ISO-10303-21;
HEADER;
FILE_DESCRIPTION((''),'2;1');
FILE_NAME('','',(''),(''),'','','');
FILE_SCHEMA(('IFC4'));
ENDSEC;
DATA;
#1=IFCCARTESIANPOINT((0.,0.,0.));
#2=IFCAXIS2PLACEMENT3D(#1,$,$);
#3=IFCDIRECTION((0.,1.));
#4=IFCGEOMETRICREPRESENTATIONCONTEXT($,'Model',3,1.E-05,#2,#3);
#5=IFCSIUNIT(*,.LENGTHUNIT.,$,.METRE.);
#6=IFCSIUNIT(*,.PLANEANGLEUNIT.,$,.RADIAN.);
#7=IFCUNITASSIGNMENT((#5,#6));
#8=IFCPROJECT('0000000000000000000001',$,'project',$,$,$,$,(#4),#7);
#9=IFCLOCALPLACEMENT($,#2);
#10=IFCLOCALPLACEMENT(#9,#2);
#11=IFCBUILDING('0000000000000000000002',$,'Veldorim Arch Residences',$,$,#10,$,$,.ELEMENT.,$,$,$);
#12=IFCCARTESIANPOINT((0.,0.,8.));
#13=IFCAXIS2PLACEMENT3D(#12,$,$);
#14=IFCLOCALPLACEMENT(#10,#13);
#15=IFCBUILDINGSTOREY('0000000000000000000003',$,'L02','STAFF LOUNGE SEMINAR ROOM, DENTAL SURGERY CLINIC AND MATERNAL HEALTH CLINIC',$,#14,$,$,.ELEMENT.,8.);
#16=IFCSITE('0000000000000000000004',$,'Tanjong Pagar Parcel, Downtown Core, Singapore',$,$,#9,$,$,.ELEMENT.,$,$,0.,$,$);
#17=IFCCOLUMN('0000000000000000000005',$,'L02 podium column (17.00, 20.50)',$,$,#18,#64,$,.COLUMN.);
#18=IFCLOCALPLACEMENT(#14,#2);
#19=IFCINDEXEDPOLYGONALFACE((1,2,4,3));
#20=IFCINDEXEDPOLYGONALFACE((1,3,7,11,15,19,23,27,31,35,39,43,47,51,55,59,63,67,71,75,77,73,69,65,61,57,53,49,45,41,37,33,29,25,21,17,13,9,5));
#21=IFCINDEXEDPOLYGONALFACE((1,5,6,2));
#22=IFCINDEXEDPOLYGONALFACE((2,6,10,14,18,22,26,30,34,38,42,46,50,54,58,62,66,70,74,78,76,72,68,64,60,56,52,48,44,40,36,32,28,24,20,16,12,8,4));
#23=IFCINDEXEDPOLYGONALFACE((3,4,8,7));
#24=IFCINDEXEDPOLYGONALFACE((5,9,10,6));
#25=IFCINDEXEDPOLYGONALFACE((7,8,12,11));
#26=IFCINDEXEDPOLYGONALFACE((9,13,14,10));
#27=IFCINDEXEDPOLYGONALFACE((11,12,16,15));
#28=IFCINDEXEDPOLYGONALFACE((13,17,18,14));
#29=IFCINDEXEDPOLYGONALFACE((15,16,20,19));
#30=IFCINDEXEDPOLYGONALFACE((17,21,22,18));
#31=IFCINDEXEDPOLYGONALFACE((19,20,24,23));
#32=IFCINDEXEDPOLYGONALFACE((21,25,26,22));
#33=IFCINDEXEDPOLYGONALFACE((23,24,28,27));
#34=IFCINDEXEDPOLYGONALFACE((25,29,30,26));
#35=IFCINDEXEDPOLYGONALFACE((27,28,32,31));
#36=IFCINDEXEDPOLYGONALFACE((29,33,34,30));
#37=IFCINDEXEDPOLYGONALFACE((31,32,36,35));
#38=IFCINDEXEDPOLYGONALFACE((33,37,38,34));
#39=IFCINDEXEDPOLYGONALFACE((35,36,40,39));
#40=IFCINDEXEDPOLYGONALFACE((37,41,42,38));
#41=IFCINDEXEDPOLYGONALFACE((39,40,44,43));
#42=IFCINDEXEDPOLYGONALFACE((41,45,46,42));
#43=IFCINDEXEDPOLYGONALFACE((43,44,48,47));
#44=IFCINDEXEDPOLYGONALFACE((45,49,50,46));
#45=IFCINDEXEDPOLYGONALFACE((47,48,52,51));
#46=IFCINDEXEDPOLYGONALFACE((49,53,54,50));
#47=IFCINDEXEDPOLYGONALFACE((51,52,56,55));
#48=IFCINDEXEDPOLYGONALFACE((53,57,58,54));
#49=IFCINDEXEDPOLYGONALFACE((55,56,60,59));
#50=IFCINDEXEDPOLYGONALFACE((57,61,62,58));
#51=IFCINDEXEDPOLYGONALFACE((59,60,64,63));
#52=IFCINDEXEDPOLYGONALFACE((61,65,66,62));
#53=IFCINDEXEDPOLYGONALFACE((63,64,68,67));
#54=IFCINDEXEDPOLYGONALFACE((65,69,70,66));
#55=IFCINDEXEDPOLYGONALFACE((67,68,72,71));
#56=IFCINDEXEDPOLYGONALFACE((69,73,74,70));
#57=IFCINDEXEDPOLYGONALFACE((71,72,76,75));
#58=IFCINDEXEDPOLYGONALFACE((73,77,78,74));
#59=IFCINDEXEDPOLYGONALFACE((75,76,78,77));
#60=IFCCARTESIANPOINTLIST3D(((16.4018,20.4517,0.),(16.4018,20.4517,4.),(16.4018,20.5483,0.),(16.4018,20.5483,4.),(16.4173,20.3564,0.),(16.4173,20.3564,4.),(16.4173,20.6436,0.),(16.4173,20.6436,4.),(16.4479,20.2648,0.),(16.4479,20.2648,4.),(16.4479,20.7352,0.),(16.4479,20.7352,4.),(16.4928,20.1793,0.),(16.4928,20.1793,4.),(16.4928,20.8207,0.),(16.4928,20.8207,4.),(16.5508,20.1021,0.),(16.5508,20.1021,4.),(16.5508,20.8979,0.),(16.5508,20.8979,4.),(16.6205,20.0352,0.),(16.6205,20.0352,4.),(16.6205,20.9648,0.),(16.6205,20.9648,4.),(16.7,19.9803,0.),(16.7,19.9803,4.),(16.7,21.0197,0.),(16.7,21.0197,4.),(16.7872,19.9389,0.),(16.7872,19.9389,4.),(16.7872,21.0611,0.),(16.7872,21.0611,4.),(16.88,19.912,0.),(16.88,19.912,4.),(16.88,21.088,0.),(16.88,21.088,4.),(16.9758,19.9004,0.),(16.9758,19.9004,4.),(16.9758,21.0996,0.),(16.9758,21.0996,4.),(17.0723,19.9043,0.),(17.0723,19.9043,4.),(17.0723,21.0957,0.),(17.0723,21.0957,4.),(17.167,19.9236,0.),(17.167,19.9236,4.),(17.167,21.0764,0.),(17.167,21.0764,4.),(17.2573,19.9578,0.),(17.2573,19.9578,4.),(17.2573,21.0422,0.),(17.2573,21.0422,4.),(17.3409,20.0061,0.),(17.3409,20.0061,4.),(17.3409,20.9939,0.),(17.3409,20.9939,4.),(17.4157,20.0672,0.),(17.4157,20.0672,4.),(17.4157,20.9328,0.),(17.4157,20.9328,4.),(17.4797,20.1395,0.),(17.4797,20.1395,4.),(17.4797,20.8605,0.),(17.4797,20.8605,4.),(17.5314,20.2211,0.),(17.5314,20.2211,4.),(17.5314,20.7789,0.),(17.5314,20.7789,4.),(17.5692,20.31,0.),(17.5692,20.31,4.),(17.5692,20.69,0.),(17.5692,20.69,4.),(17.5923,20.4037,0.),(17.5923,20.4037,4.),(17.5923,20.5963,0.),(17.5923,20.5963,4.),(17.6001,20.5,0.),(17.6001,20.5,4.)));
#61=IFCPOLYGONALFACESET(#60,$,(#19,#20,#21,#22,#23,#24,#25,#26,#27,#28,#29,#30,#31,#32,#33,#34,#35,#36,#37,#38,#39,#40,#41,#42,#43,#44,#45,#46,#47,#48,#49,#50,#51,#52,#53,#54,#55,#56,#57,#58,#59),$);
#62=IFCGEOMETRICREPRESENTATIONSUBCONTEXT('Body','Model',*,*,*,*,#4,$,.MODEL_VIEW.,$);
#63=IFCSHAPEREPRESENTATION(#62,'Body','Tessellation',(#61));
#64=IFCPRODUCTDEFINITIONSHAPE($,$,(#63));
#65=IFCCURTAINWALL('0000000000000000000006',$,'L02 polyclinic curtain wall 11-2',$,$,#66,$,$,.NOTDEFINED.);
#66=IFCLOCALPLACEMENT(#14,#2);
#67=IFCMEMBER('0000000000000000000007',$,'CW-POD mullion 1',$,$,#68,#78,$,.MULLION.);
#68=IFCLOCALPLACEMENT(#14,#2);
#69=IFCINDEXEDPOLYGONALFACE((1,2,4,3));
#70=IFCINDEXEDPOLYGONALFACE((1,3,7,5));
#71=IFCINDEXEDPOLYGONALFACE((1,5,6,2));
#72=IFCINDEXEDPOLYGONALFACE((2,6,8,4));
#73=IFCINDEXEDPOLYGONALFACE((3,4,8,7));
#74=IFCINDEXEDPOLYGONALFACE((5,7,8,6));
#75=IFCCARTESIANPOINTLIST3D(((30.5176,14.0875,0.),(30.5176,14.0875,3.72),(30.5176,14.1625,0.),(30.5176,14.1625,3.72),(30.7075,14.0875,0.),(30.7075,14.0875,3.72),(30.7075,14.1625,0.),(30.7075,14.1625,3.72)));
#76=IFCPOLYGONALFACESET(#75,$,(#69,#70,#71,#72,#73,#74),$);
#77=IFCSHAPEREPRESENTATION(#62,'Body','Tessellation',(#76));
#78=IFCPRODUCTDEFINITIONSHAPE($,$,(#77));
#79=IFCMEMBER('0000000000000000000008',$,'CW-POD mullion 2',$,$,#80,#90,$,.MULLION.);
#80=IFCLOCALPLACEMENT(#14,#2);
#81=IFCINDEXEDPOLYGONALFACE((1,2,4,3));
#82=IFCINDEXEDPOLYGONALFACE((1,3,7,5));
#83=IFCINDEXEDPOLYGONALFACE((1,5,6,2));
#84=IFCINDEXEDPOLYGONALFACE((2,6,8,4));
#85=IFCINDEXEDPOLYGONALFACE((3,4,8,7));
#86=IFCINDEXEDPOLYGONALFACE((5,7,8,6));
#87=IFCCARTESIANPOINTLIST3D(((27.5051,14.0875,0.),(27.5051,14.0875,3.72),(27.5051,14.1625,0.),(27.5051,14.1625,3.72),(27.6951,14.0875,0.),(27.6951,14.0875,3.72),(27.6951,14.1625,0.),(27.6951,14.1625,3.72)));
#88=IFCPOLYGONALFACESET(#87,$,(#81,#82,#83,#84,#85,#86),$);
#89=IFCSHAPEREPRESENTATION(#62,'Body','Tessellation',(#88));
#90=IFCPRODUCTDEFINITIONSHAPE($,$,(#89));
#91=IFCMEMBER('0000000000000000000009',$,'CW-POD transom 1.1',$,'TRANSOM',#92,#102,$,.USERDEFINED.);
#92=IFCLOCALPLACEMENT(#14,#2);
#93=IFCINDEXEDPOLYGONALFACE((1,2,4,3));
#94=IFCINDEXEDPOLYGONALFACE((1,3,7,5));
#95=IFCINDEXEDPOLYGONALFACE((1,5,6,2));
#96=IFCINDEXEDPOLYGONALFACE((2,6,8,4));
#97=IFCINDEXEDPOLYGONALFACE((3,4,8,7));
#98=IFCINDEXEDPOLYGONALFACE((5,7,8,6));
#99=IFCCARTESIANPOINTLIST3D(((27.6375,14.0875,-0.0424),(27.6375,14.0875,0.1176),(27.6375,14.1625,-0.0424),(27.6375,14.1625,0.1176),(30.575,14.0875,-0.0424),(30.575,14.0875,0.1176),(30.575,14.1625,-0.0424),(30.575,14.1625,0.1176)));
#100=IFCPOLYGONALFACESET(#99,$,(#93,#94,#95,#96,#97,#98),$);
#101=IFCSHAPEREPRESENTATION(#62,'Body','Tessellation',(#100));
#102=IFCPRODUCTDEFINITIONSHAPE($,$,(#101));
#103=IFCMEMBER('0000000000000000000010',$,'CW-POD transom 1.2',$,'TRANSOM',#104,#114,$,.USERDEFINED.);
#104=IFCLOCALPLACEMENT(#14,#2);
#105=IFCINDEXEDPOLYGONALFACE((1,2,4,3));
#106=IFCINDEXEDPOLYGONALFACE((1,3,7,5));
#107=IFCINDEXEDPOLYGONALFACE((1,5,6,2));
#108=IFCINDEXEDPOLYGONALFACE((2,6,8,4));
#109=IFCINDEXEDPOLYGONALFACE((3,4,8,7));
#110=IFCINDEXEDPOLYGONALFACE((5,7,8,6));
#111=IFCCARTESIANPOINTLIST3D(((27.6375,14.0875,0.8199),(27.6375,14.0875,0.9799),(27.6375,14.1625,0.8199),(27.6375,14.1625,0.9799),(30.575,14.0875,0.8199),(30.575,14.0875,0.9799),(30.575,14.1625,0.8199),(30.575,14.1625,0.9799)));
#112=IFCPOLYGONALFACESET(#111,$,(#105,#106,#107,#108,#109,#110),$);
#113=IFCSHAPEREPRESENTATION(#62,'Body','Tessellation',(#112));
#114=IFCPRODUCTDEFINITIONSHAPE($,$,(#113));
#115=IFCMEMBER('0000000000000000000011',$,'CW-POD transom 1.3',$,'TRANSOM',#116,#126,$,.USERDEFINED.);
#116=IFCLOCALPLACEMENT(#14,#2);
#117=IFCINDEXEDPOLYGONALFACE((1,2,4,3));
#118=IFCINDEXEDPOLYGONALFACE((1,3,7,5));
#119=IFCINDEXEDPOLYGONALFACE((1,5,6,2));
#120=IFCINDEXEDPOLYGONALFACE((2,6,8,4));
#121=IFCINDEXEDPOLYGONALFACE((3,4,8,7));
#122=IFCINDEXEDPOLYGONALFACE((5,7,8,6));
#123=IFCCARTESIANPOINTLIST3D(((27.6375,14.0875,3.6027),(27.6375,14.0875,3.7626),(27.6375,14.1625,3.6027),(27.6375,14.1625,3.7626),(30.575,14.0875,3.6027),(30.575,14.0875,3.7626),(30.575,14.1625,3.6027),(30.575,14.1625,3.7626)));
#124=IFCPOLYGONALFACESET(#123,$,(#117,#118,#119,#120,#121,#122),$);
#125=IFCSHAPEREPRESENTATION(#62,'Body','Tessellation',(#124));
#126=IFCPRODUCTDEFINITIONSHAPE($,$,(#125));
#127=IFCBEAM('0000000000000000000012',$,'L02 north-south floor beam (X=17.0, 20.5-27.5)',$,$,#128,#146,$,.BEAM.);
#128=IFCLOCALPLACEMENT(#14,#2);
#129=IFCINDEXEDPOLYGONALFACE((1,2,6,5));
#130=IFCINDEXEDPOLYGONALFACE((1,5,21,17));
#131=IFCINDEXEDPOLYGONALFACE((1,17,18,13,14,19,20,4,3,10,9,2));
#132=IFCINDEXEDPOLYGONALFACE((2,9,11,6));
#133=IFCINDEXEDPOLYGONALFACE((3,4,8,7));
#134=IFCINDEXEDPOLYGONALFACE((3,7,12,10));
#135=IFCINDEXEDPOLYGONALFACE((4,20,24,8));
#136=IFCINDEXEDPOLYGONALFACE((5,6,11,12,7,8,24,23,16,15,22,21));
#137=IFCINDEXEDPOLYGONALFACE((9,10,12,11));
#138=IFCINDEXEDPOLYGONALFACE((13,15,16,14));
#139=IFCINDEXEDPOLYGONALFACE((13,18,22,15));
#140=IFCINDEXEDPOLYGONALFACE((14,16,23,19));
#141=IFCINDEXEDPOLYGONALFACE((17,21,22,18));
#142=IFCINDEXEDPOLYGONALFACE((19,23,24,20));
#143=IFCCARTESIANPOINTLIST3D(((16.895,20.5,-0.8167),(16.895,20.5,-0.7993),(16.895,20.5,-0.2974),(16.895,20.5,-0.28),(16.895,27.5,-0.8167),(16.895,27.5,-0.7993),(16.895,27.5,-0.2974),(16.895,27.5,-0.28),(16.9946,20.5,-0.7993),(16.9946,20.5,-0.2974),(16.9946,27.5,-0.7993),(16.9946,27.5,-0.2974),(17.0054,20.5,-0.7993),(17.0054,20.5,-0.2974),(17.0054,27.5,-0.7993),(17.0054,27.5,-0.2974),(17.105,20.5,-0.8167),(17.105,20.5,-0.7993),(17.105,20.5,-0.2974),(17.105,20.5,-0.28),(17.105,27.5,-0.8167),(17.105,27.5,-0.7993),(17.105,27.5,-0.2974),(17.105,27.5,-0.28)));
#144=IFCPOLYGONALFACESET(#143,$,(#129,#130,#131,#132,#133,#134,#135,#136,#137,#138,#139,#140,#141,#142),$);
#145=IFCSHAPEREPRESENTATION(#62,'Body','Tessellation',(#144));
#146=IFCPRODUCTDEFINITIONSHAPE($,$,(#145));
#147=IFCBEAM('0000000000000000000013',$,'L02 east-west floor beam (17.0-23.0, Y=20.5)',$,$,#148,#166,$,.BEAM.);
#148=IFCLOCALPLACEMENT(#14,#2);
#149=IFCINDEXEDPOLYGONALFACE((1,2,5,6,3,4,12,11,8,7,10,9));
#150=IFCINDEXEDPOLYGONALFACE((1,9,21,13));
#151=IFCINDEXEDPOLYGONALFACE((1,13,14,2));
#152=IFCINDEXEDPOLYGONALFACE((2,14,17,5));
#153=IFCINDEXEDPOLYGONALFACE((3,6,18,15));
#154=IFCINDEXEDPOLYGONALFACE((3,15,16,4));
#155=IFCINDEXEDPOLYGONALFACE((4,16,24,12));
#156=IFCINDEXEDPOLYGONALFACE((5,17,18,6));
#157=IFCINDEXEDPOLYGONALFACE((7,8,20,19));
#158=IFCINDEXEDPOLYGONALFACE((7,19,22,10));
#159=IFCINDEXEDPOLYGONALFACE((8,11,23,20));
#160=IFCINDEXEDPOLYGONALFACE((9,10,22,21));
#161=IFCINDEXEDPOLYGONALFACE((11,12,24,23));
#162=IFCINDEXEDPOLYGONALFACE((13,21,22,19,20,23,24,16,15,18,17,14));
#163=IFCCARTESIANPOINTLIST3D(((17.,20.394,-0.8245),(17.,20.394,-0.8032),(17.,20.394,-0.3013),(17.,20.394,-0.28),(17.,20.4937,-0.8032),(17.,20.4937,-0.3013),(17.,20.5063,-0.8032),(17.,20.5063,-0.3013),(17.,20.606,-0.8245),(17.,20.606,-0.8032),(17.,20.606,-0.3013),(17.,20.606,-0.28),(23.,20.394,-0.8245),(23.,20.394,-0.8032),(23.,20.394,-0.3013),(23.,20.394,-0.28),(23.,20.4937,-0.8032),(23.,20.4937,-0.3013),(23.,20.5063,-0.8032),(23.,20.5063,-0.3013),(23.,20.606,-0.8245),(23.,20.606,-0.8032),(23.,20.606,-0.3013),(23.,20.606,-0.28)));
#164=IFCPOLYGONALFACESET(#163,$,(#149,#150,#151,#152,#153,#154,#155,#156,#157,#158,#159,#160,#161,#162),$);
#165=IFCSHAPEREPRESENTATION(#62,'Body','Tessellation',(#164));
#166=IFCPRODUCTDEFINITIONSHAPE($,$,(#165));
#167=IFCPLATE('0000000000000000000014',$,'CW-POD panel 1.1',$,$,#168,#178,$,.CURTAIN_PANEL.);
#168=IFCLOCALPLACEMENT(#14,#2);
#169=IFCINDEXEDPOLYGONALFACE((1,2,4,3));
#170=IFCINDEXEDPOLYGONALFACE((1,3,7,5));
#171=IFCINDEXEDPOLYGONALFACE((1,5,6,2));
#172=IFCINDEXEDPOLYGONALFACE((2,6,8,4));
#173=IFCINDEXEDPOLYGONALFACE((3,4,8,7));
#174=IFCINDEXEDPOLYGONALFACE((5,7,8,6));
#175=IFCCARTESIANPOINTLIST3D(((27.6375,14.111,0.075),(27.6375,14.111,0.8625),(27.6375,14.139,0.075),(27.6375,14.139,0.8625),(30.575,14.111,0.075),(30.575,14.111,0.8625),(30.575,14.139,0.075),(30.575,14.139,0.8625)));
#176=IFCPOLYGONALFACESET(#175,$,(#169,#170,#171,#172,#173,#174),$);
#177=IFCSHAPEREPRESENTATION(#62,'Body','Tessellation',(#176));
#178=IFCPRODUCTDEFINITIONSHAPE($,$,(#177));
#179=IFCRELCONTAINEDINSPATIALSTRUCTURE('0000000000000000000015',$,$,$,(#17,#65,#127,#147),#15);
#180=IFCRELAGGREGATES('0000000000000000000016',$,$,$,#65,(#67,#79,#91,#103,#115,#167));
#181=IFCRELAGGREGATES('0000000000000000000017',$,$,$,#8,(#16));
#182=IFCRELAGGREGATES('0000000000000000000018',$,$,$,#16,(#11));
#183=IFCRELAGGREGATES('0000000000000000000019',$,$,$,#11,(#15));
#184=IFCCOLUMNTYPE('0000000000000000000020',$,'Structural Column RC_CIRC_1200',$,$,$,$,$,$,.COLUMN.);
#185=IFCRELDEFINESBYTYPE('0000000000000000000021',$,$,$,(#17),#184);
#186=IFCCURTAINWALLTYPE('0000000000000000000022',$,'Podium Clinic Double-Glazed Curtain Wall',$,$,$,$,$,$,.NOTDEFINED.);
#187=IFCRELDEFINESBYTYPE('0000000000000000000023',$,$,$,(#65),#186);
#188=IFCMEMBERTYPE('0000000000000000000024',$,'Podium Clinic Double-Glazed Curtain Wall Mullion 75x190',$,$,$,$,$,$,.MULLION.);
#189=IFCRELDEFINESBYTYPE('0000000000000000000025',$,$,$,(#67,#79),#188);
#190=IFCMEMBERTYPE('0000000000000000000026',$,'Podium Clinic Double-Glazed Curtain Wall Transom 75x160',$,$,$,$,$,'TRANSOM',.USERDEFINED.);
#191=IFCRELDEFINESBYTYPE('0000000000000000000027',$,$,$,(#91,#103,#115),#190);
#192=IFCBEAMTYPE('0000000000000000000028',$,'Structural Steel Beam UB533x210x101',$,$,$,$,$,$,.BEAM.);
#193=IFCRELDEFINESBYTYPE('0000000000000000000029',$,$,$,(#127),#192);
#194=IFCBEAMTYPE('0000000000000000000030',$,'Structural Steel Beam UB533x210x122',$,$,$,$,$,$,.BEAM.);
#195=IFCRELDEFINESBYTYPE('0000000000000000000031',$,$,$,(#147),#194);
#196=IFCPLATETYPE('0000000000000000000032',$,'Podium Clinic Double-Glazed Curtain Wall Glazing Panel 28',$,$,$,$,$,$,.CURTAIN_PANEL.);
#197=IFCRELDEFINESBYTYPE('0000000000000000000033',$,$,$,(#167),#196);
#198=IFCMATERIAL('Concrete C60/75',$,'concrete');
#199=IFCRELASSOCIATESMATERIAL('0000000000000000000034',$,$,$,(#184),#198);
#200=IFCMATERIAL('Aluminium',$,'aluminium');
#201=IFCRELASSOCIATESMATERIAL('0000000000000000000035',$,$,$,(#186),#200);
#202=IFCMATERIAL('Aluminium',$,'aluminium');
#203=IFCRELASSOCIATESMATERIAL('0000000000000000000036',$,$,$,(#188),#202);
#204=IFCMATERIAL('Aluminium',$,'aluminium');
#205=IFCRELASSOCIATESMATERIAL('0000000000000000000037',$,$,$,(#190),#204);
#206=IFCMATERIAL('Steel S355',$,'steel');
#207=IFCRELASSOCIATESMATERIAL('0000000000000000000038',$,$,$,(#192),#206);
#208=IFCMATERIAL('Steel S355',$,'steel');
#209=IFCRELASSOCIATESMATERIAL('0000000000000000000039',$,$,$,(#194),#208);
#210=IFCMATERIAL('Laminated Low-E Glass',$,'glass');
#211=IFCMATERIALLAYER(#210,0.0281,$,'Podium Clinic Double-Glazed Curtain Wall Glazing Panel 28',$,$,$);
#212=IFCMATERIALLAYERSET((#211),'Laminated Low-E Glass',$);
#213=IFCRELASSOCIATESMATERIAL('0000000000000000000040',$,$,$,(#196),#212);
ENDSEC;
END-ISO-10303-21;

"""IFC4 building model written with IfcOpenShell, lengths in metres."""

from ifc_helpers import new_model, si_unit, direction, frame, origin, origin_2d, place, context, subcontext, project, spatial, rectangle, circle, i_section, extrude, material, layer, layer_set, material_profile, profile_set, type_object, element, aggregate, save


model = new_model("IFC4")

# Units and contexts
model_context = context("Model", 3, precision=1e-05, world=origin(), true_north=direction((0.0, 1.0)))
body_context = subcontext(model_context, "Body", "Model", "MODEL_VIEW")
ifc_project = project(units=[si_unit("LENGTHUNIT", "METRE"), si_unit("PLANEANGLEUNIT", "RADIAN")], contexts=[model_context])

# Site, building, storey
site_placement = place(None, origin())
site = spatial("IfcSite", under=ifc_project, at=site_placement, Name="Tanjong Pagar Parcel, Downtown Core, Singapore", CompositionType="ELEMENT", RefElevation=0.0)
building_placement = place(site_placement, origin())
building = spatial("IfcBuilding", under=site, at=building_placement, Name="Veldorim Arch Residences", CompositionType="ELEMENT")
storey_placement = place(building_placement, frame((0.0, 0.0, 8.0)))
storey = spatial("IfcBuildingStorey", under=building, at=storey_placement, Name="L02", Description="STAFF LOUNGE SEMINAR ROOM, DENTAL SURGERY CLINIC AND MATERNAL HEALTH CLINIC", CompositionType="ELEMENT", Elevation=8.0)

# Column
ifc_material_1 = material(Name="Concrete C60/75", Category="concrete")
ifc_material_profile_1 = material_profile(ifc_material_1, circle(Radius=0.6001, at=origin_2d()), Name="RC_CIRC_1200")
ifc_profile_set_1 = profile_set([ifc_material_profile_1], Name="Concrete C60/75")
column_type = type_object("IfcColumnType", Name="Structural Column RC_CIRC_1200", PredefinedType="COLUMN", material=ifc_profile_set_1)
column_placement = place(storey_placement, frame((17.0, 20.5, 0.0), z_axis=(0.0, 0.0, 1.0), x_axis=(1.0, 0.0, 0.0)))
element("IfcColumn", 1, at=column_placement, inside=storey, type_object=column_type, Name="L02 podium column (17.00, 20.50)", PredefinedType="COLUMN", context=body_context, shape_type="SweptSolid", body=[
    extrude(circle(Radius=0.6001, at=origin_2d()), origin(), (0.0, 0.0, 1.0), 4.0),
])

# Curtain wall, members
ifc_material_2 = material(Name="Aluminium", Category="aluminium")
curtain_wall_type = type_object("IfcCurtainWallType", Name="Podium Clinic Double-Glazed Curtain Wall", PredefinedType="NOTDEFINED", material=ifc_material_2)
curtain_wall_placement = place(storey_placement, origin())
curtain_wall = element("IfcCurtainWall", 2, at=curtain_wall_placement, inside=storey, type_object=curtain_wall_type, Name="L02 polyclinic curtain wall 11-2", PredefinedType="NOTDEFINED")
ifc_material_3 = material(Name="Aluminium", Category="aluminium")
ifc_material_profile_2 = material_profile(ifc_material_3, rectangle(XDim=0.075, YDim=0.1899, at=origin_2d()), Name="ALU_MUL_75x190")
ifc_profile_set_2 = profile_set([ifc_material_profile_2], Name="Aluminium")
member_type_1 = type_object("IfcMemberType", Name="Podium Clinic Double-Glazed Curtain Wall Mullion 75x190", PredefinedType="MULLION", material=ifc_profile_set_2)
member_1_placement = place(storey_placement, frame((30.6125, 14.125, 0.0), z_axis=(0.0, 0.0, 1.0), x_axis=(0.0, -1.0, 0.0)))
member_1 = element("IfcMember", 3, at=member_1_placement, type_object=member_type_1, Name="CW-POD mullion 1", PredefinedType="MULLION", context=body_context, shape_type="SweptSolid", body=[
    extrude(rectangle(XDim=0.075, YDim=0.1899, at=origin_2d()), origin(), (0.0, 0.0, 1.0), 3.72),
])
member_2_placement = place(storey_placement, frame((27.6001, 14.125, 0.0), z_axis=(0.0, 0.0, 1.0), x_axis=(0.0, -1.0, 0.0)))
member_2 = element("IfcMember", 4, at=member_2_placement, type_object=member_type_1, Name="CW-POD mullion 2", PredefinedType="MULLION", context=body_context, shape_type="SweptSolid", body=[
    extrude(rectangle(XDim=0.075, YDim=0.1899, at=origin_2d()), origin(), (0.0, 0.0, 1.0), 3.72),
])
ifc_material_4 = material(Name="Aluminium", Category="aluminium")
ifc_material_profile_3 = material_profile(ifc_material_4, rectangle(XDim=0.075, YDim=0.1599, at=origin_2d()), Name="ALU_TRN_75x160")
ifc_profile_set_3 = profile_set([ifc_material_profile_3], Name="Aluminium")
member_type_2 = type_object("IfcMemberType", Name="Podium Clinic Double-Glazed Curtain Wall Transom 75x160", ElementType="TRANSOM", PredefinedType="USERDEFINED", material=ifc_profile_set_3)
member_3_placement = place(storey_placement, frame((30.575, 14.125, 0.0376), z_axis=(-1.0, 0.0, 0.0), x_axis=(0.0, -1.0, 0.0)))
member_3 = element("IfcMember", 5, at=member_3_placement, type_object=member_type_2, Name="CW-POD transom 1.1", ObjectType="TRANSOM", PredefinedType="USERDEFINED", context=body_context, shape_type="SweptSolid", body=[
    extrude(rectangle(XDim=0.075, YDim=0.1599, at=origin_2d()), origin(), (0.0, 0.0, 1.0), 2.9375),
])
member_4_placement = place(storey_placement, frame((30.575, 14.125, 0.8999), z_axis=(-1.0, 0.0, 0.0), x_axis=(0.0, -1.0, 0.0)))
member_4 = element("IfcMember", 6, at=member_4_placement, type_object=member_type_2, Name="CW-POD transom 1.2", ObjectType="TRANSOM", PredefinedType="USERDEFINED", context=body_context, shape_type="SweptSolid", body=[
    extrude(rectangle(XDim=0.075, YDim=0.1599, at=origin_2d()), origin(), (0.0, 0.0, 1.0), 2.9375),
])
member_5_placement = place(storey_placement, frame((30.575, 14.125, 3.6826), z_axis=(-1.0, 0.0, 0.0), x_axis=(0.0, -1.0, 0.0)))
member_5 = element("IfcMember", 7, at=member_5_placement, type_object=member_type_2, Name="CW-POD transom 1.3", ObjectType="TRANSOM", PredefinedType="USERDEFINED", context=body_context, shape_type="SweptSolid", body=[
    extrude(rectangle(XDim=0.075, YDim=0.1599, at=origin_2d()), origin(), (0.0, 0.0, 1.0), 2.9375),
])

# Beams
ifc_material_5 = material(Name="Steel S355", Category="steel")
ifc_material_profile_4 = material_profile(ifc_material_5, i_section(OverallWidth=0.21, OverallDepth=0.5366, WebThickness=0.0107, FlangeThickness=0.0173, at=origin_2d()), Name="UB533x210x101")
ifc_profile_set_4 = profile_set([ifc_material_profile_4], Name="Steel S355")
beam_type_1 = type_object("IfcBeamType", Name="Structural Steel Beam UB533x210x101", PredefinedType="BEAM", material=ifc_profile_set_4)
beam_1_placement = place(storey_placement, frame((17.0, 20.5, -0.5483), z_axis=(0.0, 1.0, 0.0), x_axis=(-1.0, 0.0, 0.0)))
element("IfcBeam", 8, at=beam_1_placement, inside=storey, type_object=beam_type_1, Name="L02 north-south floor beam (X=17.0, 20.5-27.5)", PredefinedType="BEAM", context=body_context, shape_type="SweptSolid", body=[
    extrude(i_section(OverallWidth=0.21, OverallDepth=0.5366, WebThickness=0.0107, FlangeThickness=0.0173, at=origin_2d()), origin(), (0.0, 0.0, 1.0), 7.0),
])
ifc_material_6 = material(Name="Steel S355", Category="steel")
ifc_material_profile_5 = material_profile(ifc_material_6, i_section(OverallWidth=0.2119, OverallDepth=0.5444, WebThickness=0.0127, FlangeThickness=0.0212, at=origin_2d()), Name="UB533x210x122")
ifc_profile_set_5 = profile_set([ifc_material_profile_5], Name="Steel S355")
beam_type_2 = type_object("IfcBeamType", Name="Structural Steel Beam UB533x210x122", PredefinedType="BEAM", material=ifc_profile_set_5)
beam_2_placement = place(storey_placement, frame((17.0, 20.5, -0.5522), z_axis=(1.0, 0.0, 0.0), x_axis=(0.0, 1.0, 0.0)))
element("IfcBeam", 9, at=beam_2_placement, inside=storey, type_object=beam_type_2, Name="L02 east-west floor beam (17.0-23.0, Y=20.5)", PredefinedType="BEAM", context=body_context, shape_type="SweptSolid", body=[
    extrude(i_section(OverallWidth=0.2119, OverallDepth=0.5444, WebThickness=0.0127, FlangeThickness=0.0212, at=origin_2d()), origin(), (0.0, 0.0, 1.0), 6.0),
])

# Plate
ifc_material_7 = material(Name="Laminated Low-E Glass", Category="glass")
ifc_layer_1 = layer(ifc_material_7, 0.0281, Name="Podium Clinic Double-Glazed Curtain Wall Glazing Panel 28")
ifc_layer_set_1 = layer_set([ifc_layer_1], Name="Laminated Low-E Glass")
plate_type = type_object("IfcPlateType", Name="Podium Clinic Double-Glazed Curtain Wall Glazing Panel 28", PredefinedType="CURTAIN_PANEL", material=ifc_layer_set_1)
plate_1_placement = place(storey_placement, frame((29.1062, 14.125, 0.075), z_axis=(0.0, 0.0, 1.0), x_axis=(-1.0, 0.0, 0.0)))
plate_1 = element("IfcPlate", 10, at=plate_1_placement, type_object=plate_type, Name="CW-POD panel 1.1", PredefinedType="CURTAIN_PANEL", context=body_context, shape_type="SweptSolid", body=[
    extrude(rectangle(XDim=2.9375, YDim=0.0281, at=origin_2d()), origin(), (0.0, 0.0, 1.0), 0.7876),
])
aggregate(curtain_wall, [member_1, member_2, member_3, member_4, member_5, plate_1])

save(model, "model.ifc")
